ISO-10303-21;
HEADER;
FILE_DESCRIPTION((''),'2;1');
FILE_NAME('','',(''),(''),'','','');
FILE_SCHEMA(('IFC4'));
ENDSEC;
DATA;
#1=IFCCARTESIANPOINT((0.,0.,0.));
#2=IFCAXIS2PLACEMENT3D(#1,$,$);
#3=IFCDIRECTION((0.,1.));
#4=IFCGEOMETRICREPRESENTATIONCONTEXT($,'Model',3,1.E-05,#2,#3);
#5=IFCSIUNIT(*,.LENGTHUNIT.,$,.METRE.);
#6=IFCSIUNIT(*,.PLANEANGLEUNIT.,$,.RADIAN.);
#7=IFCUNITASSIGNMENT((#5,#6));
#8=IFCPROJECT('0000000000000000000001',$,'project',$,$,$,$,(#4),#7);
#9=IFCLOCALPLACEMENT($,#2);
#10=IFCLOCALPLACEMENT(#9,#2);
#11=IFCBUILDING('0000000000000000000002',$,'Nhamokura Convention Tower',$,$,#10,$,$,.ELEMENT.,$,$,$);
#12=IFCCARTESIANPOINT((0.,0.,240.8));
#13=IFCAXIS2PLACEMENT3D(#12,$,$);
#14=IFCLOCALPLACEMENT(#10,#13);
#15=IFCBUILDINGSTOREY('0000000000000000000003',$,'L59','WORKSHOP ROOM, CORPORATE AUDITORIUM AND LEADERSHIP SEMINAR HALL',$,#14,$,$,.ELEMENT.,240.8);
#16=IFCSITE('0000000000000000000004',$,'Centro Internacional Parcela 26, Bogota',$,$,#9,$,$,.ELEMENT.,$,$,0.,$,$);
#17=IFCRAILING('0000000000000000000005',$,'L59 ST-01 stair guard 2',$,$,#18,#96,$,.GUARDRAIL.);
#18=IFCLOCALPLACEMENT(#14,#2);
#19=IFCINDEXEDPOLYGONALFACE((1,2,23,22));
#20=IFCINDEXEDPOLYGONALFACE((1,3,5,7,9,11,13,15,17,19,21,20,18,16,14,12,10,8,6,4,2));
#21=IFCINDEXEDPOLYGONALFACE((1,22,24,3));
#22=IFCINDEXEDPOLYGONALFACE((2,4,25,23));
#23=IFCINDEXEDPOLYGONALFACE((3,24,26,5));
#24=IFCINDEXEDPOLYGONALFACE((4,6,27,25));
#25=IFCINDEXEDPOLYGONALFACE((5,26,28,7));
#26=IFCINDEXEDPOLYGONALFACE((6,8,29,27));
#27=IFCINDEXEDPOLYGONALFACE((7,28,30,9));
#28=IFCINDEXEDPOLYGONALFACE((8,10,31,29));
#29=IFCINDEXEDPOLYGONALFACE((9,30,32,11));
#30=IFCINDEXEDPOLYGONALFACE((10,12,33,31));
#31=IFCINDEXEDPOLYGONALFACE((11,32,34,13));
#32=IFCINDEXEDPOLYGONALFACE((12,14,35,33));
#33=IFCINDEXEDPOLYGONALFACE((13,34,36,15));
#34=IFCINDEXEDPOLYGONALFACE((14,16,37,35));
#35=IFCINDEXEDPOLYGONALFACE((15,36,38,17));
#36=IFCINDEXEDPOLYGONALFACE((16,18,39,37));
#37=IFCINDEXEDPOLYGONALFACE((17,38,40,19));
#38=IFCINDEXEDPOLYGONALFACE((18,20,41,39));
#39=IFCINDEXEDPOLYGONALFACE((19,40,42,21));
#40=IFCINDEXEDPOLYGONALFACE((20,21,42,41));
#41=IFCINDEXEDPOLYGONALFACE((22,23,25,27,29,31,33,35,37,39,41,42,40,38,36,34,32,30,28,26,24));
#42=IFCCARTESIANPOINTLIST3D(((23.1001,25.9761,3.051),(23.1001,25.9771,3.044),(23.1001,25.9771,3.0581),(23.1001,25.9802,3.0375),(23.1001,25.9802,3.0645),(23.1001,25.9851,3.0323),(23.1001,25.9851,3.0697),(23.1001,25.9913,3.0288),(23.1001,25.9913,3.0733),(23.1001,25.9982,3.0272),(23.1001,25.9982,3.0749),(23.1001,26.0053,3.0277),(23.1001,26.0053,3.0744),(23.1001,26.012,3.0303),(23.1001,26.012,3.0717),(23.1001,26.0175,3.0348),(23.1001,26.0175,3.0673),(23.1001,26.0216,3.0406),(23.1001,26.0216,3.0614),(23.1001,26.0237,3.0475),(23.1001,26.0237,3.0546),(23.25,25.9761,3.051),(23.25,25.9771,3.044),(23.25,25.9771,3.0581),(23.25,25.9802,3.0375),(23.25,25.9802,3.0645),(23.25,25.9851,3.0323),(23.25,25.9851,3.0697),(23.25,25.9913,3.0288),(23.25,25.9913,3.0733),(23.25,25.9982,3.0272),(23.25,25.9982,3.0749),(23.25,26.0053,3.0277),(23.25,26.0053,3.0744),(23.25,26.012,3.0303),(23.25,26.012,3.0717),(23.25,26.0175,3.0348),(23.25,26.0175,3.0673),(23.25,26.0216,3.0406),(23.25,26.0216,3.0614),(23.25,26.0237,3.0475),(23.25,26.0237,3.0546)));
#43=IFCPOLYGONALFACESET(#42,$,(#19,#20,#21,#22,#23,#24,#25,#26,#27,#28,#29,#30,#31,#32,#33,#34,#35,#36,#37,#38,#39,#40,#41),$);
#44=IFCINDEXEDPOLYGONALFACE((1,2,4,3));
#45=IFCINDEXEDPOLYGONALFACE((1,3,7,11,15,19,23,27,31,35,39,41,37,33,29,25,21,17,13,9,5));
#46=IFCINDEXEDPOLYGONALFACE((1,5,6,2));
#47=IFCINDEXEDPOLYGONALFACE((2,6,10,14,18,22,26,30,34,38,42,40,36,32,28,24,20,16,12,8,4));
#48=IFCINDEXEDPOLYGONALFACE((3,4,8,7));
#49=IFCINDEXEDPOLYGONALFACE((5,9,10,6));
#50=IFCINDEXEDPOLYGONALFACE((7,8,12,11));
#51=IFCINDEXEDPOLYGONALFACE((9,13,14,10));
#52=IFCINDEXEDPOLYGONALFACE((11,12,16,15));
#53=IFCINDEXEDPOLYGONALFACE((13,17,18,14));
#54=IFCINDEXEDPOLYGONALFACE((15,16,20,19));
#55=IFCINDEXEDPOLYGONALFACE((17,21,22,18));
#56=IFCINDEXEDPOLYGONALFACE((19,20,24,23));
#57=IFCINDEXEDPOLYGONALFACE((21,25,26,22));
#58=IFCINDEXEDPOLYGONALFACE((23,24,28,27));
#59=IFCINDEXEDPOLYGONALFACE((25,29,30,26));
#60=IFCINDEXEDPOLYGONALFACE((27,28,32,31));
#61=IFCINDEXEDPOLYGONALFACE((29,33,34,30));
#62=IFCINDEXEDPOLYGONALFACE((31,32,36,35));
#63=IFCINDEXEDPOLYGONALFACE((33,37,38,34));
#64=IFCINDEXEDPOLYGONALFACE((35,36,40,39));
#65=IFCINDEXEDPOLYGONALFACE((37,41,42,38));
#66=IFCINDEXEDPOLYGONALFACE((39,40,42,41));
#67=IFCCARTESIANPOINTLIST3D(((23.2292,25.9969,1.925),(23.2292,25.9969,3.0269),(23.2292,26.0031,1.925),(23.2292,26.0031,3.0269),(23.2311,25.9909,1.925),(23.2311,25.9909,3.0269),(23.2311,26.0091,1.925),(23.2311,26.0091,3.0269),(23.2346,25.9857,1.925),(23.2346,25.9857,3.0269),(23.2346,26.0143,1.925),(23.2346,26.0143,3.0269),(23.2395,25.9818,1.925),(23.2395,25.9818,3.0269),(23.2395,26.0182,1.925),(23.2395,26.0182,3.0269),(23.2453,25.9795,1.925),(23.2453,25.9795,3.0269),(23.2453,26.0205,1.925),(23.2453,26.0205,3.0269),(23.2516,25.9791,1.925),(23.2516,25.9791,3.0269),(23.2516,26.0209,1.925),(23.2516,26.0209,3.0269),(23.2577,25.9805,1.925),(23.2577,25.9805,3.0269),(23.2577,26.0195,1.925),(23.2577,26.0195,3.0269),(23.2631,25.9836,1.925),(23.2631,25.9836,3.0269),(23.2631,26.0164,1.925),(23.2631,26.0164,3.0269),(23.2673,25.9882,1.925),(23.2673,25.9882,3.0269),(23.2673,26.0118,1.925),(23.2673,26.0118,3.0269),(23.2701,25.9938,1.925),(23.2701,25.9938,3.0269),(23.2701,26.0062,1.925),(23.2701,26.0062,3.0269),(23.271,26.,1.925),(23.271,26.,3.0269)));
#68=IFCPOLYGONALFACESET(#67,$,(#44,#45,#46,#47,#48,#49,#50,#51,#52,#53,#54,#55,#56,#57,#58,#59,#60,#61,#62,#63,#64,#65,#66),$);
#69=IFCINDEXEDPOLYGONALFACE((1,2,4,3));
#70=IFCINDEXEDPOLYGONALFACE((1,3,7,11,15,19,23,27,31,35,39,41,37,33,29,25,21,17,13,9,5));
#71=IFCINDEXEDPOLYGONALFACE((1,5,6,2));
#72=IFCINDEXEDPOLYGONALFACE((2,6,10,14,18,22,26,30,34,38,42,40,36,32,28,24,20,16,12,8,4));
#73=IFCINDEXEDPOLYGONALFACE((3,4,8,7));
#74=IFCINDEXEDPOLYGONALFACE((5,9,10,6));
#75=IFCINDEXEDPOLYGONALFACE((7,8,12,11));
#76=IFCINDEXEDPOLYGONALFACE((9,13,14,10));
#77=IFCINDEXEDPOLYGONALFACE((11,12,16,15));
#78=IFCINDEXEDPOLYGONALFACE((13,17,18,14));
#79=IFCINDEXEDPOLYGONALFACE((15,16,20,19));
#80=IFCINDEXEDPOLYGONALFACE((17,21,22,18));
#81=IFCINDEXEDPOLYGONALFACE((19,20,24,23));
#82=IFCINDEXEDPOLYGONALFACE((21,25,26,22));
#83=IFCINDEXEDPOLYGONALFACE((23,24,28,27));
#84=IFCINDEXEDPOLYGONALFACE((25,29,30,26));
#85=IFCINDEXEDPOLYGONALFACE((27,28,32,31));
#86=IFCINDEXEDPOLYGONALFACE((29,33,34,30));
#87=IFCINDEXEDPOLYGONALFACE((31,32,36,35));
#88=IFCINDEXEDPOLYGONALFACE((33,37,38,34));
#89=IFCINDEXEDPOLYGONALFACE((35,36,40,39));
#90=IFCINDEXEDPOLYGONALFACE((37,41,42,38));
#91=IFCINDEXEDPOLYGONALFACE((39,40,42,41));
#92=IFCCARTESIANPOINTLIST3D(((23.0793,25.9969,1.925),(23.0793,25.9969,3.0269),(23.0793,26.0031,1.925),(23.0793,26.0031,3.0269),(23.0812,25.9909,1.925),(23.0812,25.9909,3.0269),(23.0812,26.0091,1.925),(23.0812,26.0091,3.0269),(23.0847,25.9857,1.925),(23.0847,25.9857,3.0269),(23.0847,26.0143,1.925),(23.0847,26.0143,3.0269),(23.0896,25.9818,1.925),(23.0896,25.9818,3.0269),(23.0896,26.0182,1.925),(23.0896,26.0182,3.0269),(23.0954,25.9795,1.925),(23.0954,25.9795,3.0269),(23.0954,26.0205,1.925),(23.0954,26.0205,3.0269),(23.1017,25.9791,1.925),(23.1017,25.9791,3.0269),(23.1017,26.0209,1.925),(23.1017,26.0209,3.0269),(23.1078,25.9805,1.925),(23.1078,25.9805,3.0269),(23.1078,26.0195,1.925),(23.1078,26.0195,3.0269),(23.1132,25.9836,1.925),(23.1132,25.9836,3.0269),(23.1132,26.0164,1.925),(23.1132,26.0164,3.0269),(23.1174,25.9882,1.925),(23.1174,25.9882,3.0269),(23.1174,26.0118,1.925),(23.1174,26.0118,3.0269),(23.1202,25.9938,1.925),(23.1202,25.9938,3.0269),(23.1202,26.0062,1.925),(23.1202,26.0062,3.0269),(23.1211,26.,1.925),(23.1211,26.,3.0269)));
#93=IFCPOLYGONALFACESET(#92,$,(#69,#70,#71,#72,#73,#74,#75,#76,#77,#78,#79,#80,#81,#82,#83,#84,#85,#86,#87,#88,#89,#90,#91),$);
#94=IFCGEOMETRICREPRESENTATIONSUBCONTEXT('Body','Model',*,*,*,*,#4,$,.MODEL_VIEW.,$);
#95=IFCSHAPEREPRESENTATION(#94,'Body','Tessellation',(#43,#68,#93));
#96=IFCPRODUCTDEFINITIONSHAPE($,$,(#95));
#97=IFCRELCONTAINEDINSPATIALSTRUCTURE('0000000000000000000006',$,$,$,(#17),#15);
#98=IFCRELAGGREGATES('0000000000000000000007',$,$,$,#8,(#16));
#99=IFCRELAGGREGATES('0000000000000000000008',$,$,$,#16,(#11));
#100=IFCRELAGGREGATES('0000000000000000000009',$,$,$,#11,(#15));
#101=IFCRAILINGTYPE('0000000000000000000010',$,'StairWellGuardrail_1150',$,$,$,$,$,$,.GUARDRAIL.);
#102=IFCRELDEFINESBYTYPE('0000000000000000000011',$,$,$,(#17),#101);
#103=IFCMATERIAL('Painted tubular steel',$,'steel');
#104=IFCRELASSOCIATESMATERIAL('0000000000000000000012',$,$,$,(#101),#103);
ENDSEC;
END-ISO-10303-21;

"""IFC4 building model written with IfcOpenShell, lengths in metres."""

from ifc_helpers import new_model, si_unit, direction, frame, origin, origin_2d, place, context, subcontext, project, spatial, circle, extrude, material, type_object, element, save


model = new_model("IFC4")

# Units and contexts
model_context = context("Model", 3, precision=1e-05, world=origin(), true_north=direction((0.0, 1.0)))
body_context = subcontext(model_context, "Body", "Model", "MODEL_VIEW")
ifc_project = project(units=[si_unit("LENGTHUNIT", "METRE"), si_unit("PLANEANGLEUNIT", "RADIAN")], contexts=[model_context])

# Site, building, storey
site_placement = place(None, origin())
site = spatial("IfcSite", under=ifc_project, at=site_placement, Name="Centro Internacional Parcela 26, Bogota", CompositionType="ELEMENT", RefElevation=0.0)
building_placement = place(site_placement, origin())
building = spatial("IfcBuilding", under=site, at=building_placement, Name="Nhamokura Convention Tower", CompositionType="ELEMENT")
storey_placement = place(building_placement, frame((0.0, 0.0, 240.8)))
storey = spatial("IfcBuildingStorey", under=building, at=storey_placement, Name="L59", Description="WORKSHOP ROOM, CORPORATE AUDITORIUM AND LEADERSHIP SEMINAR HALL", CompositionType="ELEMENT", Elevation=240.8)

# Railing
ifc_material_1 = material(Name="Painted tubular steel", Category="steel")
railing_type_1 = type_object("IfcRailingType", Name="StairWellGuardrail_1150", PredefinedType="GUARDRAIL", material=ifc_material_1)
railing_1_placement = place(storey_placement, frame((23.25, 26.0, 1.925)))
element("IfcRailing", 1, at=railing_1_placement, inside=storey, type_object=railing_type_1, Name="L59 ST-01 stair guard 2", PredefinedType="GUARDRAIL", context=body_context, shape_type="SweptSolid", body=[
    extrude(circle(Radius=0.0239, at=origin_2d()), frame((0.0, 0.0, 1.126), z_axis=(-1.0, 0.0, 0.0), x_axis=(0.0, -1.0, 0.0)), (0.0, 0.0, 1.0), 0.1499),
    extrude(circle(Radius=0.021, at=origin_2d()), origin(), (0.0, 0.0, 1.0), 1.1018),
    extrude(circle(Radius=0.021, at=origin_2d()), frame((-0.1499, 0.0, 0.0)), (0.0, 0.0, 1.0), 1.1018),
])

save(model, "model.ifc")
